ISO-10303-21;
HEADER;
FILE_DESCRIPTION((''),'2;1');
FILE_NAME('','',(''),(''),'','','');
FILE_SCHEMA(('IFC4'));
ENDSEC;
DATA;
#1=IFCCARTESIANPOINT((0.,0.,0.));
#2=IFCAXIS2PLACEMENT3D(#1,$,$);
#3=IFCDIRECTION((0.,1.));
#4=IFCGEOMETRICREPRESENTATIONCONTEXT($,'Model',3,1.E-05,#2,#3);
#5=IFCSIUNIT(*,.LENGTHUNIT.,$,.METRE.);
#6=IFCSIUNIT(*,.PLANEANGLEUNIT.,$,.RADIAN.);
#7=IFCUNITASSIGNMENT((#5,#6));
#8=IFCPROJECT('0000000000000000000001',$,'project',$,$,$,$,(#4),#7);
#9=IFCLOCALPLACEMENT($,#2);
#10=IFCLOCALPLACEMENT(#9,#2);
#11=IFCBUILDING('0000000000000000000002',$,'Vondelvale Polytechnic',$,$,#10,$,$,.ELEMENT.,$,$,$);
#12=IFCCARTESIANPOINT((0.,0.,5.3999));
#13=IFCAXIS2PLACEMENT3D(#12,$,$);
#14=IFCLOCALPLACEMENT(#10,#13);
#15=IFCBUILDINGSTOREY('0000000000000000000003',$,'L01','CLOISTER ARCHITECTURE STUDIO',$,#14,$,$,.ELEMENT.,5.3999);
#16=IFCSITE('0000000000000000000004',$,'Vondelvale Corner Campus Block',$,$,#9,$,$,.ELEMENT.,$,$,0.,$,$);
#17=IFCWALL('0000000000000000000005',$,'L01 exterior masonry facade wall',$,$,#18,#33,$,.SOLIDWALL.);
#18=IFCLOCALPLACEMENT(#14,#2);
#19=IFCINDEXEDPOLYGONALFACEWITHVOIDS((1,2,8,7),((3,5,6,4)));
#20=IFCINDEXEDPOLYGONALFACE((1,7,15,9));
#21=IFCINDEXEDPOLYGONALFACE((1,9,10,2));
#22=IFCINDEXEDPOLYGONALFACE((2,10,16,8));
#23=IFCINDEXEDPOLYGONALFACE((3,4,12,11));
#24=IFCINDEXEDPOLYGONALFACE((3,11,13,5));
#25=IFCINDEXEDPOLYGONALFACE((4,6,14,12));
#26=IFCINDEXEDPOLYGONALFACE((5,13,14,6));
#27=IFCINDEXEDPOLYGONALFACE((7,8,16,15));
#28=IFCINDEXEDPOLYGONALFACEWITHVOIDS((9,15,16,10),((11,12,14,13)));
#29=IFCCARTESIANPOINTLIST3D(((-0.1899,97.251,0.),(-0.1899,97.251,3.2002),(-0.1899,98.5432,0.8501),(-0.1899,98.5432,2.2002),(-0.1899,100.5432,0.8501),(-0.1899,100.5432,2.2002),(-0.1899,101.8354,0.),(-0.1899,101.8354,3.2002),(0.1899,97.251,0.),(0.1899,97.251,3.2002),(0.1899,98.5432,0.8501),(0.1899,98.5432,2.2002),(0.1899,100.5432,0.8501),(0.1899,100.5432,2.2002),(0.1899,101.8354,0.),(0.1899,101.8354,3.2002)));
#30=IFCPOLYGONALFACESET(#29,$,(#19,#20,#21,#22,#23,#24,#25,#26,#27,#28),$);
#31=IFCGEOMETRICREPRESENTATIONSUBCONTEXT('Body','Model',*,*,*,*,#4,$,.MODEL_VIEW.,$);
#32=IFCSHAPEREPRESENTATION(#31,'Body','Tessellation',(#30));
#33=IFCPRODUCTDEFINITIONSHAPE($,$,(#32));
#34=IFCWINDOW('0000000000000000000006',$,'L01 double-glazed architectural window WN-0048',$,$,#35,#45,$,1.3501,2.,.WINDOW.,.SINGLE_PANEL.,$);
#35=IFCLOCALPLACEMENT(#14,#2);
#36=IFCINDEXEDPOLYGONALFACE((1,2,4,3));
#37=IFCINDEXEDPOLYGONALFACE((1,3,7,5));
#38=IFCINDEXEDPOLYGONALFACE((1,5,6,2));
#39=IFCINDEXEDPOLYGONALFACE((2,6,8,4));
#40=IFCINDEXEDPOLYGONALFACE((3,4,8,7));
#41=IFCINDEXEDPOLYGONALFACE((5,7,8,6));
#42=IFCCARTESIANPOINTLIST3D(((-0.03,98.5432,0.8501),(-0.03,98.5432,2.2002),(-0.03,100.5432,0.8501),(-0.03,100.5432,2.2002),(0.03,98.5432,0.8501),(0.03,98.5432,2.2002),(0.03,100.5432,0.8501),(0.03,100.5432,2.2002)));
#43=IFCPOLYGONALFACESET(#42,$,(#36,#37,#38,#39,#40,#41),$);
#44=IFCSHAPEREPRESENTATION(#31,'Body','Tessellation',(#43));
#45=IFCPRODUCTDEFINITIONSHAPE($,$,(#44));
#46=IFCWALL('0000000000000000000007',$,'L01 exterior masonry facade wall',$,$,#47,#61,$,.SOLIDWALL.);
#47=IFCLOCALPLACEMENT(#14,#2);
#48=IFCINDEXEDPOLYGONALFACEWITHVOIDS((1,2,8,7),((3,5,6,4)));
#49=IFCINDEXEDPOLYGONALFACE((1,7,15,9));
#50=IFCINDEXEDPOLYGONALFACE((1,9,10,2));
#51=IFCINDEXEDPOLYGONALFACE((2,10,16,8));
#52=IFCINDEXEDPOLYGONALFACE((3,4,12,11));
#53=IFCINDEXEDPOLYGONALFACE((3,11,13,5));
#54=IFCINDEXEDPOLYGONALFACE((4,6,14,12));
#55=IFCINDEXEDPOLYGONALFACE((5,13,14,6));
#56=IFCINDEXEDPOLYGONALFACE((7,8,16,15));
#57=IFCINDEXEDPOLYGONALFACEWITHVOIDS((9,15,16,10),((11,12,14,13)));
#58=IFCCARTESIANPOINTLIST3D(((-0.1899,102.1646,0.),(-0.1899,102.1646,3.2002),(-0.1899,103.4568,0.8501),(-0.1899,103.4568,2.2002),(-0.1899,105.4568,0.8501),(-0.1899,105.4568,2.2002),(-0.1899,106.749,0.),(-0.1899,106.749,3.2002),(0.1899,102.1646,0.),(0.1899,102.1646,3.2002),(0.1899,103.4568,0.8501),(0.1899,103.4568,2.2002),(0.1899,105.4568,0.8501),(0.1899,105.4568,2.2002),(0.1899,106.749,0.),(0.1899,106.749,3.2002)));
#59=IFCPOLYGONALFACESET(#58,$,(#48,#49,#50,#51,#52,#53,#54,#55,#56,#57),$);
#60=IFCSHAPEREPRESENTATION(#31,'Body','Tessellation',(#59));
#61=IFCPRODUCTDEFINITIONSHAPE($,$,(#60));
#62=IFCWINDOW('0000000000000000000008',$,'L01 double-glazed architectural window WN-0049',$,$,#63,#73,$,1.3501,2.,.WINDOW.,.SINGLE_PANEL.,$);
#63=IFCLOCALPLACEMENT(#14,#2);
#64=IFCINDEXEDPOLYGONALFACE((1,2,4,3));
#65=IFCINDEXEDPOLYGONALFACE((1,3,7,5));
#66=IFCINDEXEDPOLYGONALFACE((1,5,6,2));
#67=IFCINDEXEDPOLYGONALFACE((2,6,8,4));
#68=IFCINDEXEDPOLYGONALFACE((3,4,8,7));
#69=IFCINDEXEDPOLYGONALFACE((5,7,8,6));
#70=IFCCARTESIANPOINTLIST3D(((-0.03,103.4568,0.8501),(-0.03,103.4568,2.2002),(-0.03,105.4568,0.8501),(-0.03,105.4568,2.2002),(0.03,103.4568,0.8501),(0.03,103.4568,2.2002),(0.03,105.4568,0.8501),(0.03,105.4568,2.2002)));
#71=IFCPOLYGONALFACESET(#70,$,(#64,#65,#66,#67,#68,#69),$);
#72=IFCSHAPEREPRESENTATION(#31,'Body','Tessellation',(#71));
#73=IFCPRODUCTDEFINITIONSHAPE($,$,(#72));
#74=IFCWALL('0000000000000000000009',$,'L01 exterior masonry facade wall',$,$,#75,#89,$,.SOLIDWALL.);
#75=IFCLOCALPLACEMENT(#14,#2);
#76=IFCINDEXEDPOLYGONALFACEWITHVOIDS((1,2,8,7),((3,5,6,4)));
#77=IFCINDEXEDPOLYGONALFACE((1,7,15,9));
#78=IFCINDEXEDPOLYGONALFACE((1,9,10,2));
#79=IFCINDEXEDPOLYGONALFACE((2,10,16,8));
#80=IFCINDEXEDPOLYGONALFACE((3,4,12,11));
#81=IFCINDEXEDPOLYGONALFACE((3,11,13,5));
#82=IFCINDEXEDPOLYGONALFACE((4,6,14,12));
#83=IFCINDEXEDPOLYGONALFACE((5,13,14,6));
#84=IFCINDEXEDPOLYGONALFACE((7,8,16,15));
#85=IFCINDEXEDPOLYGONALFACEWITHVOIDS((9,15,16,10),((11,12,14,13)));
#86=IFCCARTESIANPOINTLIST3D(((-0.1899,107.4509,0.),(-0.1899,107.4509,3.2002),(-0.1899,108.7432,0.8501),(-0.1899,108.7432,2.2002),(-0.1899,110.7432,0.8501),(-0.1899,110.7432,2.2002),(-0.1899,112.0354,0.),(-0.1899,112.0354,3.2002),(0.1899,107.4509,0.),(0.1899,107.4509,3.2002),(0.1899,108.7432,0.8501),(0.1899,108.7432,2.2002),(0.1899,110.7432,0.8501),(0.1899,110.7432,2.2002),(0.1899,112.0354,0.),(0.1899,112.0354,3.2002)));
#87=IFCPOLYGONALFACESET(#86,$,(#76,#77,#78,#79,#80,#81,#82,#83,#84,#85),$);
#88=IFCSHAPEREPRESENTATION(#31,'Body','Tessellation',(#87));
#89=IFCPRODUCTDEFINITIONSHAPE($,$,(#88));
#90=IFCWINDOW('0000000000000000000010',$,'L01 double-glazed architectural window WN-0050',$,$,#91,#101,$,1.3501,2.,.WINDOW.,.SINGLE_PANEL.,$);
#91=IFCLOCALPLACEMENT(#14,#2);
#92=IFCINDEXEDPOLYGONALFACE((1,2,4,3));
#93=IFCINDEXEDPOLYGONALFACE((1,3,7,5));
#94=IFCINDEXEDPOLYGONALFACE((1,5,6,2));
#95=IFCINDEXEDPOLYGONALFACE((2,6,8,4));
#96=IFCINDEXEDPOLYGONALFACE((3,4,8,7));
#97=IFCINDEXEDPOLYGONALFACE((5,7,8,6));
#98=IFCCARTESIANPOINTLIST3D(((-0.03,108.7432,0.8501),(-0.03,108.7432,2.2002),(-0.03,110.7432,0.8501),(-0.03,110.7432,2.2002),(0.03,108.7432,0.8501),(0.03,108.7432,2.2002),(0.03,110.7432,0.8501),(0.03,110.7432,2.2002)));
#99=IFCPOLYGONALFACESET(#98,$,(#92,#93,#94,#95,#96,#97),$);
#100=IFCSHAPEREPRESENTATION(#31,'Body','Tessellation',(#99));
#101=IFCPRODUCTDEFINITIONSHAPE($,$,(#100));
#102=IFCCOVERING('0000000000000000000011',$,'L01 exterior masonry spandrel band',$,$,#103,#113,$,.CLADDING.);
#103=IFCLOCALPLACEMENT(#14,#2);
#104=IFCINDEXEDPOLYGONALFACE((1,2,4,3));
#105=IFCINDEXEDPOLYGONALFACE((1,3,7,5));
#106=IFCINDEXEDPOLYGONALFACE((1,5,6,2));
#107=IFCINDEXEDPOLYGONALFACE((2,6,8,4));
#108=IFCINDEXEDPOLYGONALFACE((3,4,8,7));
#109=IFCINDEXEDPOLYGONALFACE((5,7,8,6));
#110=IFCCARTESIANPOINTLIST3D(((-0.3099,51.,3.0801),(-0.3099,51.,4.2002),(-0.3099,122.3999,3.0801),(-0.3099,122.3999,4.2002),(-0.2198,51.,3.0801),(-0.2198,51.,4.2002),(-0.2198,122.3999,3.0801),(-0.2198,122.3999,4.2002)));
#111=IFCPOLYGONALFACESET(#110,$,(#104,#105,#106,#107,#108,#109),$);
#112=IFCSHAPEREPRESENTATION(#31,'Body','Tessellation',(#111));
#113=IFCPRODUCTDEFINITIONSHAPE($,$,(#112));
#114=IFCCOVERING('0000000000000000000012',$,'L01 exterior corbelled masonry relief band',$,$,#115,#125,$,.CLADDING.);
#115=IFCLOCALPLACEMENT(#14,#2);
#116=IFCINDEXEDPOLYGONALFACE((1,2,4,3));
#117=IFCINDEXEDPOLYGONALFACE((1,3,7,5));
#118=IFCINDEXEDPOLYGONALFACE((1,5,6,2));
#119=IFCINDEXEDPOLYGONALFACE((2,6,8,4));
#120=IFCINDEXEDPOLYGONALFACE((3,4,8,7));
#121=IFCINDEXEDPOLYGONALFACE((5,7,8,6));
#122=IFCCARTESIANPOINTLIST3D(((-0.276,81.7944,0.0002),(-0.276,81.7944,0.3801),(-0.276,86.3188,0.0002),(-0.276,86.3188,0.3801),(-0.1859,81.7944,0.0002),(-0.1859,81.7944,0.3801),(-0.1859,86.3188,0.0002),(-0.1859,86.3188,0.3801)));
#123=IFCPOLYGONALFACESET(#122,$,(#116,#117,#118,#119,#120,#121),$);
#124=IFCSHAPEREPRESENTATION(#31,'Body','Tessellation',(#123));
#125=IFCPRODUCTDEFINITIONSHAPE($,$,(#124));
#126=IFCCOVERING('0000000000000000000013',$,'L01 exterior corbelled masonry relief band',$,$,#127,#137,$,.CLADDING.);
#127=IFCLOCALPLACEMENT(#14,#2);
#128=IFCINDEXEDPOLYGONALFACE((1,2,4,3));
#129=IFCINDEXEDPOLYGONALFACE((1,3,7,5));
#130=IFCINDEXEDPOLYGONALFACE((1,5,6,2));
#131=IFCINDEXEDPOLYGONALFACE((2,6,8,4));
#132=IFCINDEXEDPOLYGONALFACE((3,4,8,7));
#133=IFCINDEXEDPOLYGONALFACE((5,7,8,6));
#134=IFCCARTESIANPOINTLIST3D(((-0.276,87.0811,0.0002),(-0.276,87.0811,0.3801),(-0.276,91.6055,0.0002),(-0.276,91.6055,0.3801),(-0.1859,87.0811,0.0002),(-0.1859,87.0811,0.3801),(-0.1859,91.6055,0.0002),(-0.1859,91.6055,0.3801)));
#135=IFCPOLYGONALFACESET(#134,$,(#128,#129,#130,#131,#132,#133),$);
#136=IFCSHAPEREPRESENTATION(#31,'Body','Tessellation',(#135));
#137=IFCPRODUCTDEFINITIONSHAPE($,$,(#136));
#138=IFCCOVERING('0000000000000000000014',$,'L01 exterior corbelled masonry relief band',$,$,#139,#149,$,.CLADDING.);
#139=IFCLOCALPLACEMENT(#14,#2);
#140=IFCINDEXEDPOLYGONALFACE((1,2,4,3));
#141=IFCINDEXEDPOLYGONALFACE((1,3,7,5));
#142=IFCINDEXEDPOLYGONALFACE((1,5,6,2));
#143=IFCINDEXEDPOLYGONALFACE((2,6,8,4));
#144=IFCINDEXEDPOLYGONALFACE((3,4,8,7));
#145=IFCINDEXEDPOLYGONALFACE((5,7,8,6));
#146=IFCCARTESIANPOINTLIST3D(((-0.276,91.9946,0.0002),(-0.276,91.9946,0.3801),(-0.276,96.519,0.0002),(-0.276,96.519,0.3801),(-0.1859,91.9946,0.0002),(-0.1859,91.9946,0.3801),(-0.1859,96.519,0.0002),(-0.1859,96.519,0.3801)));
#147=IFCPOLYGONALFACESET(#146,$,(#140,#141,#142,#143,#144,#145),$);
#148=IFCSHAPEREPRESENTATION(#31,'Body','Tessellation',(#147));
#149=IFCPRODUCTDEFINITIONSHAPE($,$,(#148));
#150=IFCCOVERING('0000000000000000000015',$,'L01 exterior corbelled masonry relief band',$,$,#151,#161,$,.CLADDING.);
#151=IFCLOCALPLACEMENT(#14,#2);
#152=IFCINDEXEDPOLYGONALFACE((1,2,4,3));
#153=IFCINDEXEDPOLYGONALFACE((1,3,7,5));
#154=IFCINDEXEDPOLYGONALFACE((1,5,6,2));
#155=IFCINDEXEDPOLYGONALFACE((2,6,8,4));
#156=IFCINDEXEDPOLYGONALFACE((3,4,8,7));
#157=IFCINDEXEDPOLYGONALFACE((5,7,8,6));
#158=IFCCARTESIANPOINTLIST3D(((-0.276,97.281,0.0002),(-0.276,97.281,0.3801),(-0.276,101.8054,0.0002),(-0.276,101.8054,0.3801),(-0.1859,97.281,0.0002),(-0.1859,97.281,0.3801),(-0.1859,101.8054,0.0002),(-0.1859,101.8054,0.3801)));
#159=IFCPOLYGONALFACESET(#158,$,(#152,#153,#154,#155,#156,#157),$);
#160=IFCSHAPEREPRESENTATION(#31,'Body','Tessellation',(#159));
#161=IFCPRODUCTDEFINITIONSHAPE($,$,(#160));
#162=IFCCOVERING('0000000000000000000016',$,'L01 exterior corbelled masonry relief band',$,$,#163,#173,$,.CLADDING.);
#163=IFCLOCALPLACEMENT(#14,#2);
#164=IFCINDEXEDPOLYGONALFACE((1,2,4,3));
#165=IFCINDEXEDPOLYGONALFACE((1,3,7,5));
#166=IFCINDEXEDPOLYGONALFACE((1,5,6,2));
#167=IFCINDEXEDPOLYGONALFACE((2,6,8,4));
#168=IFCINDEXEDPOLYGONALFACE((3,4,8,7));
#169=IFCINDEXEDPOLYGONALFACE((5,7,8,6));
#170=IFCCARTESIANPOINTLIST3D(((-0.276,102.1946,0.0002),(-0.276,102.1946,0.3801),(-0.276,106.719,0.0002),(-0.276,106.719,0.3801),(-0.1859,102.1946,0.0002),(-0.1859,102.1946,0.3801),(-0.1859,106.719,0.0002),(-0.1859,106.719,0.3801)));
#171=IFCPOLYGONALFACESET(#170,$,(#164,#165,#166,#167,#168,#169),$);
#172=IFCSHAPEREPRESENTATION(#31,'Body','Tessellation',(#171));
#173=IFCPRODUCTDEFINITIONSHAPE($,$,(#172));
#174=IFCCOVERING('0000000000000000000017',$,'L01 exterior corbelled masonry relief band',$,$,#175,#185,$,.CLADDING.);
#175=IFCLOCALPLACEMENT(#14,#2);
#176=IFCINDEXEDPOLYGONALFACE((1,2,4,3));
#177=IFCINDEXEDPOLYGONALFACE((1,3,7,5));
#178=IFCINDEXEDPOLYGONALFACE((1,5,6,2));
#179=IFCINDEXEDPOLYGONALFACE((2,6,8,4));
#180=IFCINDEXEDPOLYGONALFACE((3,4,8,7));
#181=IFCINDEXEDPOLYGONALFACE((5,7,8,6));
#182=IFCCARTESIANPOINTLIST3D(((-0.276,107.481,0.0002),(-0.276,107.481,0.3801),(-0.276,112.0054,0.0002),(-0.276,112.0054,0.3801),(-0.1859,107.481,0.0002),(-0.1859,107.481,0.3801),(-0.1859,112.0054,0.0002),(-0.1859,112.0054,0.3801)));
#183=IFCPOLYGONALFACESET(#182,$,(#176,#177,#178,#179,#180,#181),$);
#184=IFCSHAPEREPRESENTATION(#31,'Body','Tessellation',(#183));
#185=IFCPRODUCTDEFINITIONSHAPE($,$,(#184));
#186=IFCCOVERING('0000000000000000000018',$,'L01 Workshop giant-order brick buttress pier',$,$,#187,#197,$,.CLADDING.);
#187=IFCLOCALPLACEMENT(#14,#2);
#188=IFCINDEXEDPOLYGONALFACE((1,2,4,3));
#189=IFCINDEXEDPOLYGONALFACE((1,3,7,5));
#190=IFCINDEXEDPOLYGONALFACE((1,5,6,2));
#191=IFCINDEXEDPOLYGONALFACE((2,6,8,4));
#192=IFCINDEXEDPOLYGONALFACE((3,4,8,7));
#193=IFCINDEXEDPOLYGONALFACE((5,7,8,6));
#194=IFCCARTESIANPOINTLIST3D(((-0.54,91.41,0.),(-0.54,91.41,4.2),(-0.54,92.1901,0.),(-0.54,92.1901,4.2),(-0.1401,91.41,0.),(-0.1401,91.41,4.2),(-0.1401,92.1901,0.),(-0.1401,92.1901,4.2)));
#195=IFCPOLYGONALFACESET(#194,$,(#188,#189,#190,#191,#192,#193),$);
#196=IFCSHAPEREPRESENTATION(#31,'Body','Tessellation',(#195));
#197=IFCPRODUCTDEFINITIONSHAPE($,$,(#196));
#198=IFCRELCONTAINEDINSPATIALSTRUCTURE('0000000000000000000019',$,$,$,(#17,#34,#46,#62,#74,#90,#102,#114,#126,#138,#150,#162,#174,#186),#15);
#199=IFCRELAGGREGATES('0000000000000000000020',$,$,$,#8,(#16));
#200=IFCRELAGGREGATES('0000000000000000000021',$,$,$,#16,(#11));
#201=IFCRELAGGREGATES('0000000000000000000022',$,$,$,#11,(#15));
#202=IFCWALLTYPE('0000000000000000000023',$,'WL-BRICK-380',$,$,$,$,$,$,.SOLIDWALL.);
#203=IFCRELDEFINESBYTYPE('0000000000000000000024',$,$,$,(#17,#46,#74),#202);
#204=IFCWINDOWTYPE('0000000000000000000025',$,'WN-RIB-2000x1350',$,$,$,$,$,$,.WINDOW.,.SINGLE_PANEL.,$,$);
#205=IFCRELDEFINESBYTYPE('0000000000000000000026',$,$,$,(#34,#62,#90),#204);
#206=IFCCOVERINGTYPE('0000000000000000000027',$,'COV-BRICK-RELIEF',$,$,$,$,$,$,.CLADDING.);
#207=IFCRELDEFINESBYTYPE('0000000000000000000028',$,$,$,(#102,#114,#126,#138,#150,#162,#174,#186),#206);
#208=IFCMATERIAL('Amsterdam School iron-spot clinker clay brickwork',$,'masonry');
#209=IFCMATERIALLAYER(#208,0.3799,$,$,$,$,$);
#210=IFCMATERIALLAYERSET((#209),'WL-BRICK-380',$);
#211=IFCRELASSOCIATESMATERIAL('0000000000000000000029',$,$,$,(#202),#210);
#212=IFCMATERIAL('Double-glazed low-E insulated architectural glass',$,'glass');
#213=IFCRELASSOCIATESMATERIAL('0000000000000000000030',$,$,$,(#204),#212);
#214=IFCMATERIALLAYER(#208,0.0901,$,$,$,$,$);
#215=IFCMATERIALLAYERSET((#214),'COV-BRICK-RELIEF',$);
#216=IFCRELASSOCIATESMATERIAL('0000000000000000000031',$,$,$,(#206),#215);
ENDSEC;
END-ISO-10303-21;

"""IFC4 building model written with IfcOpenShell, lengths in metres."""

from ifc_helpers import new_model, si_unit, direction, frame, frame_2d, origin, origin_2d, place, context, subcontext, project, spatial, rectangle, extrude, material, layer, layer_set, type_object, element, fill, save


model = new_model("IFC4")

# Units and contexts
model_context = context("Model", 3, precision=1e-05, world=origin(), true_north=direction((0.0, 1.0)))
body_context = subcontext(model_context, "Body", "Model", "MODEL_VIEW")
ifc_project = project(units=[si_unit("LENGTHUNIT", "METRE"), si_unit("PLANEANGLEUNIT", "RADIAN")], contexts=[model_context])

# Site, building, storey
site_placement = place(None, origin())
site = spatial("IfcSite", under=ifc_project, at=site_placement, Name="Vondelvale Corner Campus Block", CompositionType="ELEMENT", RefElevation=0.0)
building_placement = place(site_placement, origin())
building = spatial("IfcBuilding", under=site, at=building_placement, Name="Vondelvale Polytechnic", CompositionType="ELEMENT")
storey_placement = place(building_placement, frame((0.0, 0.0, 5.3999)))
storey = spatial("IfcBuildingStorey", under=building, at=storey_placement, Name="L01", Description="CLOISTER ARCHITECTURE STUDIO", CompositionType="ELEMENT", Elevation=5.3999)

# Walls, openings, windows
ifc_material_1 = material(Name="Amsterdam School iron-spot clinker clay brickwork", Category="masonry")
ifc_layer_1 = layer(ifc_material_1, 0.3799)
ifc_layer_set_1 = layer_set([ifc_layer_1], Name="WL-BRICK-380")
wall_type = type_object("IfcWallType", Name="WL-BRICK-380", PredefinedType="SOLIDWALL", material=ifc_layer_set_1)
ifc_material_2 = material(Name="Double-glazed low-E insulated architectural glass", Category="glass")
window_type = type_object("IfcWindowType", Name="WN-RIB-2000x1350", PartitioningType="SINGLE_PANEL", PredefinedType="WINDOW", material=ifc_material_2)
wall_1_placement = place(storey_placement, frame((0.0, 97.251, 0.0), z_axis=(0.0, 0.0, 1.0), x_axis=(0.0, 1.0, 0.0)))
wall_1 = element("IfcWall", 1, at=wall_1_placement, inside=storey, type_object=wall_type, Name="L01 exterior masonry facade wall", PredefinedType="SOLIDWALL", context=body_context, shape_type="SweptSolid", body=[
    extrude(rectangle(XDim=4.5845, YDim=0.3799, at=frame_2d((2.2922, 0.0))), origin(), (0.0, 0.0, 1.0), 3.2002),
])
opening_1_placement = place(wall_1_placement, frame((1.2922, 0.0, 0.8501)))
opening_1 = element("IfcOpeningElement", 2, at=opening_1_placement, cuts=wall_1, PredefinedType="OPENING", context=body_context, shape_type="SweptSolid", body=[
    extrude(rectangle(XDim=2.0, YDim=1.3501, at=frame_2d((1.0, 0.675))), frame((0.0, 0.2, 0.0), z_axis=(0.0, -1.0, 0.0), x_axis=(1.0, 0.0, 0.0)), (0.0, 0.0, 1.0), 0.3999),
])
window_1_placement = place(opening_1_placement, origin())
window_1 = element("IfcWindow", 3, at=window_1_placement, inside=storey, type_object=window_type, Name="L01 double-glazed architectural window WN-0048", OverallHeight=1.3501, OverallWidth=2.0, PartitioningType="SINGLE_PANEL", PredefinedType="WINDOW", context=body_context, shape_type="SweptSolid", body=[
    extrude(rectangle(XDim=2.0, YDim=1.3501, at=frame_2d((1.0, 0.675))), frame((0.0, 0.03, 0.0), z_axis=(0.0, -1.0, 0.0), x_axis=(1.0, 0.0, 0.0)), (0.0, 0.0, 1.0), 0.0601),
])
fill(opening_1, window_1)
wall_2_placement = place(storey_placement, frame((0.0, 102.1646, 0.0), z_axis=(0.0, 0.0, 1.0), x_axis=(0.0, 1.0, 0.0)))
wall_2 = element("IfcWall", 4, at=wall_2_placement, inside=storey, type_object=wall_type, Name="L01 exterior masonry facade wall", PredefinedType="SOLIDWALL", context=body_context, shape_type="SweptSolid", body=[
    extrude(rectangle(XDim=4.5845, YDim=0.3799, at=frame_2d((2.2922, 0.0))), origin(), (0.0, 0.0, 1.0), 3.2002),
])
opening_2_placement = place(wall_2_placement, frame((1.2922, 0.0, 0.8501)))
opening_2 = element("IfcOpeningElement", 5, at=opening_2_placement, cuts=wall_2, PredefinedType="OPENING", context=body_context, shape_type="SweptSolid", body=[
    extrude(rectangle(XDim=2.0, YDim=1.3501, at=frame_2d((1.0, 0.675))), frame((0.0, 0.2, 0.0), z_axis=(0.0, -1.0, 0.0), x_axis=(1.0, 0.0, 0.0)), (0.0, 0.0, 1.0), 0.3999),
])
window_2_placement = place(opening_2_placement, origin())
window_2 = element("IfcWindow", 6, at=window_2_placement, inside=storey, type_object=window_type, Name="L01 double-glazed architectural window WN-0049", OverallHeight=1.3501, OverallWidth=2.0, PartitioningType="SINGLE_PANEL", PredefinedType="WINDOW", context=body_context, shape_type="SweptSolid", body=[
    extrude(rectangle(XDim=2.0, YDim=1.3501, at=frame_2d((1.0, 0.675))), frame((0.0, 0.03, 0.0), z_axis=(0.0, -1.0, 0.0), x_axis=(1.0, 0.0, 0.0)), (0.0, 0.0, 1.0), 0.0601),
])
fill(opening_2, window_2)
wall_3_placement = place(storey_placement, frame((0.0, 107.4509, 0.0), z_axis=(0.0, 0.0, 1.0), x_axis=(0.0, 1.0, 0.0)))
wall_3 = element("IfcWall", 7, at=wall_3_placement, inside=storey, type_object=wall_type, Name="L01 exterior masonry facade wall", PredefinedType="SOLIDWALL", context=body_context, shape_type="SweptSolid", body=[
    extrude(rectangle(XDim=4.5845, YDim=0.3799, at=frame_2d((2.2922, 0.0))), origin(), (0.0, 0.0, 1.0), 3.2002),
])
opening_3_placement = place(wall_3_placement, frame((1.2922, 0.0, 0.8501)))
opening_3 = element("IfcOpeningElement", 8, at=opening_3_placement, cuts=wall_3, PredefinedType="OPENING", context=body_context, shape_type="SweptSolid", body=[
    extrude(rectangle(XDim=2.0, YDim=1.3501, at=frame_2d((1.0, 0.675))), frame((0.0, 0.2, 0.0), z_axis=(0.0, -1.0, 0.0), x_axis=(1.0, 0.0, 0.0)), (0.0, 0.0, 1.0), 0.3999),
])
window_3_placement = place(opening_3_placement, origin())
window_3 = element("IfcWindow", 9, at=window_3_placement, inside=storey, type_object=window_type, Name="L01 double-glazed architectural window WN-0050", OverallHeight=1.3501, OverallWidth=2.0, PartitioningType="SINGLE_PANEL", PredefinedType="WINDOW", context=body_context, shape_type="SweptSolid", body=[
    extrude(rectangle(XDim=2.0, YDim=1.3501, at=frame_2d((1.0, 0.675))), frame((0.0, 0.03, 0.0), z_axis=(0.0, -1.0, 0.0), x_axis=(1.0, 0.0, 0.0)), (0.0, 0.0, 1.0), 0.0601),
])
fill(opening_3, window_3)

# Coverings
ifc_layer_2 = layer(ifc_material_1, 0.0901)
ifc_layer_set_2 = layer_set([ifc_layer_2], Name="COV-BRICK-RELIEF")
covering_type = type_object("IfcCoveringType", Name="COV-BRICK-RELIEF", PredefinedType="CLADDING", material=ifc_layer_set_2)
covering_placement = place(storey_placement, frame((-0.2649, 86.7, 3.0801), z_axis=(0.0, 0.0, 1.0), x_axis=(0.0, 1.0, 0.0)))
element("IfcCovering", 10, at=covering_placement, inside=storey, type_object=covering_type, Name="L01 exterior masonry spandrel band", PredefinedType="CLADDING", context=body_context, shape_type="SweptSolid", body=[
    extrude(rectangle(XDim=71.3999, YDim=0.0901, at=origin_2d()), origin(), (0.0, 0.0, 1.0), 1.1201),
])
for number, where, z_axis, x_axis, name in (
    (11, (-0.231, 84.0566, 0.0002), (0.0, 0.0, 1.0), (0.0, 1.0, 0.0), "L01 exterior corbelled masonry relief band"),
    (12, (-0.231, 89.3433, 0.0002), (0.0, 0.0, 1.0), (0.0, 1.0, 0.0), "L01 exterior corbelled masonry relief band"),
    (13, (-0.231, 94.2568, 0.0002), (0.0, 0.0, 1.0), (0.0, 1.0, 0.0), "L01 exterior corbelled masonry relief band"),
    (14, (-0.231, 99.5432, 0.0002), (0.0, 0.0, 1.0), (0.0, 1.0, 0.0), "L01 exterior corbelled masonry relief band"),
    (15, (-0.231, 104.4568, 0.0002), (0.0, 0.0, 1.0), (0.0, 1.0, 0.0), "L01 exterior corbelled masonry relief band"),
    (16, (-0.231, 109.7432, 0.0002), (0.0, 0.0, 1.0), (0.0, 1.0, 0.0), "L01 exterior corbelled masonry relief band"),
):
    element("IfcCovering", number, at=place(storey_placement, frame(where, z_axis=z_axis, x_axis=x_axis)), inside=storey, type_object=covering_type, Name=name, PredefinedType="CLADDING", context=body_context, shape_type="SweptSolid", body=[
        extrude(rectangle(XDim=4.5244, YDim=0.0901, at=origin_2d()), origin(), (0.0, 0.0, 1.0), 0.3799),
    ])
for number, where, z_axis, x_axis, name in (
    (17, (-0.3401, 91.8, 0.0), (0.0, 0.0, 1.0), (1.0, 0.0, 0.0), "L01 Workshop giant-order brick buttress pier"),
):
    element("IfcCovering", number, at=place(storey_placement, frame(where, z_axis=z_axis, x_axis=x_axis)), inside=storey, type_object=covering_type, Name=name, PredefinedType="CLADDING", context=body_context, shape_type="SweptSolid", body=[
        extrude(rectangle(XDim=0.3999, YDim=0.78, at=origin_2d()), origin(), (0.0, 0.0, 1.0), 4.2),
    ])

save(model, "model.ifc")
